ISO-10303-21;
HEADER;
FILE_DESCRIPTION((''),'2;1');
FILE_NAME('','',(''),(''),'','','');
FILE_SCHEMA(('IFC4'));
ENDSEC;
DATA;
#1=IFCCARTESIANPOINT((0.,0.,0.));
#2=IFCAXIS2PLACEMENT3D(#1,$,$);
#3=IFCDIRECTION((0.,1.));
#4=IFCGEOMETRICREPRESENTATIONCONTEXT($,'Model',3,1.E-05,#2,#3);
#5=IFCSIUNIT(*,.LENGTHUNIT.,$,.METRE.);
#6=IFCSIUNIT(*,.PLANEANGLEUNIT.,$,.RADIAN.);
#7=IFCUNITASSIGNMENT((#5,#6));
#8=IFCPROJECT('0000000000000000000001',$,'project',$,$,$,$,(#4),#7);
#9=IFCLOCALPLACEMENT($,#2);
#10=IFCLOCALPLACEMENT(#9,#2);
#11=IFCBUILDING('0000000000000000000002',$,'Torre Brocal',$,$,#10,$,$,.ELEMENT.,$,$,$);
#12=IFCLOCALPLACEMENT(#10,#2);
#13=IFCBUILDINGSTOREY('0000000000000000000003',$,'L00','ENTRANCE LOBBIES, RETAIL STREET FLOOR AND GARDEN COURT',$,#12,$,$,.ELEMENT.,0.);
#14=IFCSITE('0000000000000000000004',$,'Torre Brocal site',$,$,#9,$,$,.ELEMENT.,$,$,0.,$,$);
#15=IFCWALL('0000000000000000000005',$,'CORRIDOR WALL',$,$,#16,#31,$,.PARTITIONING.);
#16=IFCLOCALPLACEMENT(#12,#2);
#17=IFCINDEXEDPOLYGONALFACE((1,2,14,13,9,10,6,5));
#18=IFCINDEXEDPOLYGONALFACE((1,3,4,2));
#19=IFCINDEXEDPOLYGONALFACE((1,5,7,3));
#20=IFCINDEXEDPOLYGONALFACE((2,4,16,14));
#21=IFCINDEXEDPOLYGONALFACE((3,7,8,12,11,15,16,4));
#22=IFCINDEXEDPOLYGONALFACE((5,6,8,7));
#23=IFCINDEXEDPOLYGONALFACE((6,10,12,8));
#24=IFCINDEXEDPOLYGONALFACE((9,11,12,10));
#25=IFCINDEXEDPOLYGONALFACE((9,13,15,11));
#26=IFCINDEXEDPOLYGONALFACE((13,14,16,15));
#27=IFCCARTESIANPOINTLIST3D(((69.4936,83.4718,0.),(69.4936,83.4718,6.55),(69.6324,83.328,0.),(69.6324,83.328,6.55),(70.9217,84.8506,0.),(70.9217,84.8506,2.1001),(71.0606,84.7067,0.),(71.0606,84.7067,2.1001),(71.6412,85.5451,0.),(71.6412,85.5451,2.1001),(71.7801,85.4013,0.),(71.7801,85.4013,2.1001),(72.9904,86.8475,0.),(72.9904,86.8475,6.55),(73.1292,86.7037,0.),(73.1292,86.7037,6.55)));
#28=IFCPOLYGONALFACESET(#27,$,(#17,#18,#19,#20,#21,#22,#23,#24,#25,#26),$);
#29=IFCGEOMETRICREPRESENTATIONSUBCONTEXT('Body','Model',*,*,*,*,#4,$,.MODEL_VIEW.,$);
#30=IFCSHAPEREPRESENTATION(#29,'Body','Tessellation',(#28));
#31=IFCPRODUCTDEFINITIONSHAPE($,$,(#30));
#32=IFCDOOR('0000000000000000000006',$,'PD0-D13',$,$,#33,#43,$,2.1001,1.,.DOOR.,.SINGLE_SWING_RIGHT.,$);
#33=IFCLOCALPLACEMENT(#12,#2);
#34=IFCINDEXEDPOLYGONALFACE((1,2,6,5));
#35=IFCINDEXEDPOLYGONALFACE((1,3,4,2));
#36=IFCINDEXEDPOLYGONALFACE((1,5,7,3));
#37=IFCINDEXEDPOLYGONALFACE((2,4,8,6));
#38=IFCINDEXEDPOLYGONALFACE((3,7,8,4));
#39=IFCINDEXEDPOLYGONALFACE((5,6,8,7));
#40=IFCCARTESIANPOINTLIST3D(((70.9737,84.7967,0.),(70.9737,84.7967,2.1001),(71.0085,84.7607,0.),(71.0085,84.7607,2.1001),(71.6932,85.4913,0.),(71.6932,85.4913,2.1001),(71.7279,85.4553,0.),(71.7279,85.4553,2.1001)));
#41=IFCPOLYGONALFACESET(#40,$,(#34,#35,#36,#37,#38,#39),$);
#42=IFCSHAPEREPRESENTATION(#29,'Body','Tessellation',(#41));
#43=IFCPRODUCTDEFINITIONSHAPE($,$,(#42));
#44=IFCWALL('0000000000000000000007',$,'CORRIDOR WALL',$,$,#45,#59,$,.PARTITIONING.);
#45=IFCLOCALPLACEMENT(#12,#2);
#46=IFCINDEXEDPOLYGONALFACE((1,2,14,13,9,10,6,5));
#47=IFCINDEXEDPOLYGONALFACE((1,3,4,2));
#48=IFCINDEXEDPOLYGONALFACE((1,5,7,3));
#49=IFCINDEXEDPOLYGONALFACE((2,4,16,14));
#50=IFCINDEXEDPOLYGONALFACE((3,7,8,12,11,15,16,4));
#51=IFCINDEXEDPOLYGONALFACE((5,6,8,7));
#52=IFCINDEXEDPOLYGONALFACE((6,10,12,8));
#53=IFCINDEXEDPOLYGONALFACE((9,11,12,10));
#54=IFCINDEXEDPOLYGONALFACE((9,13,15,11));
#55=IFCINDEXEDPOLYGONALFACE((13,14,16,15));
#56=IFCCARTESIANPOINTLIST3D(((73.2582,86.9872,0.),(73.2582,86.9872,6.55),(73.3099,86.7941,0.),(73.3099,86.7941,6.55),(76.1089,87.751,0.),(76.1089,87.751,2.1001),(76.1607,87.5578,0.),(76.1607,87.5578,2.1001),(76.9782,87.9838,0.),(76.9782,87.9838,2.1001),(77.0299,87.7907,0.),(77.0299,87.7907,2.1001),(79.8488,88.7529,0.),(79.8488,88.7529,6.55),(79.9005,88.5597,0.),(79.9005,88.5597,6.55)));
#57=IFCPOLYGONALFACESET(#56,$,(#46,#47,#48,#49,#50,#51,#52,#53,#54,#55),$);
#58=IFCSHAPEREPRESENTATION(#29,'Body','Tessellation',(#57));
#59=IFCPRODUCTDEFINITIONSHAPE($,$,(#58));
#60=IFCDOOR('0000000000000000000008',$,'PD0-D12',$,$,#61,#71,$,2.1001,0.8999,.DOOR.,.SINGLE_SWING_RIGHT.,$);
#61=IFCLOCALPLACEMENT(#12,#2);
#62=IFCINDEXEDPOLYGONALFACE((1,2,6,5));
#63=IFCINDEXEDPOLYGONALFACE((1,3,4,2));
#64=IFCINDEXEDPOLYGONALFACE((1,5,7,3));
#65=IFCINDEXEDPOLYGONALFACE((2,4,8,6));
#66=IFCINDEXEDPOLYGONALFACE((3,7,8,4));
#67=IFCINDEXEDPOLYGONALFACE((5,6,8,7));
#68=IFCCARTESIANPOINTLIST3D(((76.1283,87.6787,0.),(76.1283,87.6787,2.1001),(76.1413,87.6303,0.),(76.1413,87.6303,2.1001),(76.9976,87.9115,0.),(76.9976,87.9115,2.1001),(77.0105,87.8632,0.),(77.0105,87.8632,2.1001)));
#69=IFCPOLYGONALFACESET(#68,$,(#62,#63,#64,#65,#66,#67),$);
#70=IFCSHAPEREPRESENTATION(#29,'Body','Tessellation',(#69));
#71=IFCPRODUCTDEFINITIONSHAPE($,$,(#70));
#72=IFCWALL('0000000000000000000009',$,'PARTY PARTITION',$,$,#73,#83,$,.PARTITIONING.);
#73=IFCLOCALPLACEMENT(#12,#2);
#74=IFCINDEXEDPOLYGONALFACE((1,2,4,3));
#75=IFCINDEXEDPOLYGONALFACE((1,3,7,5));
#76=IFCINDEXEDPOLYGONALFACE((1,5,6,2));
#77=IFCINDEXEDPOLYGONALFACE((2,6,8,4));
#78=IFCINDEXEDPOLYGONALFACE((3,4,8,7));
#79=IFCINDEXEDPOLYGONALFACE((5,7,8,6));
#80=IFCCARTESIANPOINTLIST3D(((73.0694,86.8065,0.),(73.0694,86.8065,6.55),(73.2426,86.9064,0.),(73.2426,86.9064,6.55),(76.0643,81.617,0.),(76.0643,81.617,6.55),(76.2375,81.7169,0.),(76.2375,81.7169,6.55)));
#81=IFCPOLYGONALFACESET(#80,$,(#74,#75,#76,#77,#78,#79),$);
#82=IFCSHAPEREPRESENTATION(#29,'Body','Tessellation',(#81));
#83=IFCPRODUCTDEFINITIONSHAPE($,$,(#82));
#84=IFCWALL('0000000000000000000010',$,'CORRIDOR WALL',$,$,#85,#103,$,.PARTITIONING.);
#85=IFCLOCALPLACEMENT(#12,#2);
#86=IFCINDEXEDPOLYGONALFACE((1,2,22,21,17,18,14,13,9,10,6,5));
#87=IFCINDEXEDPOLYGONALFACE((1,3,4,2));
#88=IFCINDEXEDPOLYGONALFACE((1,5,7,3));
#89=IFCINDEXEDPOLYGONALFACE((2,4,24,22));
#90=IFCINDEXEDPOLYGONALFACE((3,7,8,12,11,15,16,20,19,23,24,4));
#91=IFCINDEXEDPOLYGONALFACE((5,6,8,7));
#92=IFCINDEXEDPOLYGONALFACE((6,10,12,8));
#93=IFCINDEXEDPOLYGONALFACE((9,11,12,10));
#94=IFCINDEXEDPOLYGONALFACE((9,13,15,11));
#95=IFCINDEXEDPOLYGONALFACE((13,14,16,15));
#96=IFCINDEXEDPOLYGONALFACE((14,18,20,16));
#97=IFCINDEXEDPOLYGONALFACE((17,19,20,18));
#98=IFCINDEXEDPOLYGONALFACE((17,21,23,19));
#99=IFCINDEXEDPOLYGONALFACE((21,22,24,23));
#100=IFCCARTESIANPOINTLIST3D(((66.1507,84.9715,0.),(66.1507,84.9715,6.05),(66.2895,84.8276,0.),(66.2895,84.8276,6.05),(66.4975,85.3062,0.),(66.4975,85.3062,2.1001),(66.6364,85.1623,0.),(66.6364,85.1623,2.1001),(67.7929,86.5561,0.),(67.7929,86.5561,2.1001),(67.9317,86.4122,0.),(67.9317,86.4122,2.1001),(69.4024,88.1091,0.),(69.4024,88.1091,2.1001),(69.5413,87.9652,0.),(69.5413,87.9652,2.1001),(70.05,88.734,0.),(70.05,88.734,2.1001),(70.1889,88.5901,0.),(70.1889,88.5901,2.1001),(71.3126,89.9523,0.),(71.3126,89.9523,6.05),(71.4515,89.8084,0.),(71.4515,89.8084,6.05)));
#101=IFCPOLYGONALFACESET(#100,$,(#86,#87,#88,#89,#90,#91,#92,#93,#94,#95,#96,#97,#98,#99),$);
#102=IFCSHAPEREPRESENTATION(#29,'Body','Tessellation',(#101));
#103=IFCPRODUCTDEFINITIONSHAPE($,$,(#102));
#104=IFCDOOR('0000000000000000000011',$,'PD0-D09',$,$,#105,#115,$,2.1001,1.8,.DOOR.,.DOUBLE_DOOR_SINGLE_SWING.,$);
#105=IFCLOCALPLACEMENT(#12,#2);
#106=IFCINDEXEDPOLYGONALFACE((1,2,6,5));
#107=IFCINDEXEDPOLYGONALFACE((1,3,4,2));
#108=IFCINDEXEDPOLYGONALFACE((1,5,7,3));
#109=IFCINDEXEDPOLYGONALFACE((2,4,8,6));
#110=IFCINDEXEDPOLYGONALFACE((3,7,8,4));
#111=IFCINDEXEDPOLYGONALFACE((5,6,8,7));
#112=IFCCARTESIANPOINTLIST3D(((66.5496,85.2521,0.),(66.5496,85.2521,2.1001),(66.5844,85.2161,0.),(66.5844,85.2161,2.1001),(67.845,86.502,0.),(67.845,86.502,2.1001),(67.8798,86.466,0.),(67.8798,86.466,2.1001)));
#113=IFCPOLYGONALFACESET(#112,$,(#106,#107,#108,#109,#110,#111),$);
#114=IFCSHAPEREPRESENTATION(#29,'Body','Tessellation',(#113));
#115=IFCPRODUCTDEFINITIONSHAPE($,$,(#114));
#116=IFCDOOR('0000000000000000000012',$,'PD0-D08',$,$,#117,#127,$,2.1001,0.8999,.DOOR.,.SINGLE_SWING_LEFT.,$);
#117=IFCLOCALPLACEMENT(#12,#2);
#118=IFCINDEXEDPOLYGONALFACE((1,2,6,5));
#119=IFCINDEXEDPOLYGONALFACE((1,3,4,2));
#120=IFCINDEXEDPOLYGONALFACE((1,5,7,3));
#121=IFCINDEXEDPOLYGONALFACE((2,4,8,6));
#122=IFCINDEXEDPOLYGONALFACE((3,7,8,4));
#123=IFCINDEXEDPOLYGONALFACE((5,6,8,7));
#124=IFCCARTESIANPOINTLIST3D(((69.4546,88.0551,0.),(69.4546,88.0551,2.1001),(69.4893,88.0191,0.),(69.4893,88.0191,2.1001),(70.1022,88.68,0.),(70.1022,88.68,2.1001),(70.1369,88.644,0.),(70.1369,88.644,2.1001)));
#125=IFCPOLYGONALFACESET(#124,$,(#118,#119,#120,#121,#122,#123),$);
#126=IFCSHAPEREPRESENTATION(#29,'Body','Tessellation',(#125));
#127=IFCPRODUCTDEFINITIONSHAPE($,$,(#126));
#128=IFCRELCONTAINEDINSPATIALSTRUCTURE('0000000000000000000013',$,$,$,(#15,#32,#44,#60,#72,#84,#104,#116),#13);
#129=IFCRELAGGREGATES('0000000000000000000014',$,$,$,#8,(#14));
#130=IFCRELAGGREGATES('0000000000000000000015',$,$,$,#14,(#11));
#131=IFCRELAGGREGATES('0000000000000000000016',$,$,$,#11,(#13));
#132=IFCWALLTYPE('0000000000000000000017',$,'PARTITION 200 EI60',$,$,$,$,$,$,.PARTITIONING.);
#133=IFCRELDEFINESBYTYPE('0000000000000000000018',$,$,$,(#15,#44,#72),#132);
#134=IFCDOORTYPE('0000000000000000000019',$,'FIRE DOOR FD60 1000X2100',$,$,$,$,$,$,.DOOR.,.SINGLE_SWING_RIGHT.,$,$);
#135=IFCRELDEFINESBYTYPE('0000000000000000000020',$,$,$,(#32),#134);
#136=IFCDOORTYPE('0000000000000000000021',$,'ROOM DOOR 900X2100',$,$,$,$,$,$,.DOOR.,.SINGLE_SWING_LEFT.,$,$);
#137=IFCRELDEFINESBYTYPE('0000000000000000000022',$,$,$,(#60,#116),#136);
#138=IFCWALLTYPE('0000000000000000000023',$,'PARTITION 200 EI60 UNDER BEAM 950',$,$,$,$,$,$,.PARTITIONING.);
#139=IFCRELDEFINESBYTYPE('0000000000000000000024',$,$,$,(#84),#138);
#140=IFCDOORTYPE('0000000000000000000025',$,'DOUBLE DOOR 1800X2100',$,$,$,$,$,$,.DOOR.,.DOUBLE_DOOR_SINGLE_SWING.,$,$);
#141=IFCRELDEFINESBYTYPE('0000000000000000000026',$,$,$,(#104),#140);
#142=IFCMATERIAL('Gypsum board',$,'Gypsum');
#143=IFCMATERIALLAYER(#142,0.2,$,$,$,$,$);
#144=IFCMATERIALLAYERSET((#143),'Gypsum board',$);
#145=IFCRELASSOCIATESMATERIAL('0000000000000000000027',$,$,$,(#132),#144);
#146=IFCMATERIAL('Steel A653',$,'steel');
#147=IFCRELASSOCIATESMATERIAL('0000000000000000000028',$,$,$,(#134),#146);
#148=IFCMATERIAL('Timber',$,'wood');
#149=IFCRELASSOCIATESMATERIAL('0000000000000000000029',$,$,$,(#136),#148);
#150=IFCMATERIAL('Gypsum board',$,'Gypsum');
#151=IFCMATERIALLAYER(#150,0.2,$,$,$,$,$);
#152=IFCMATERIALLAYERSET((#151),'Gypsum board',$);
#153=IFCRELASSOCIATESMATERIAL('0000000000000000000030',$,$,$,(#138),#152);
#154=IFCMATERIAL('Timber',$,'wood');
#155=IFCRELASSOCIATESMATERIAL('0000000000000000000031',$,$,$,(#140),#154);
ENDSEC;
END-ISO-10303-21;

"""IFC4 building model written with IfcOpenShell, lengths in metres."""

from ifc_helpers import new_model, si_unit, direction, frame, frame_2d, origin, place, context, subcontext, project, spatial, rectangle, extrude, material, layer, layer_set, type_object, element, fill, save


model = new_model("IFC4")

# Units and contexts
model_context = context("Model", 3, precision=1e-05, world=origin(), true_north=direction((0.0, 1.0)))
body_context = subcontext(model_context, "Body", "Model", "MODEL_VIEW")
ifc_project = project(units=[si_unit("LENGTHUNIT", "METRE"), si_unit("PLANEANGLEUNIT", "RADIAN")], contexts=[model_context])

# Site, building, storey
site_placement = place(None, origin())
site = spatial("IfcSite", under=ifc_project, at=site_placement, Name="Torre Brocal site", CompositionType="ELEMENT", RefElevation=0.0)
building_placement = place(site_placement, origin())
building = spatial("IfcBuilding", under=site, at=building_placement, Name="Torre Brocal", CompositionType="ELEMENT")
storey_placement = place(building_placement, origin())
storey = spatial("IfcBuildingStorey", under=building, at=storey_placement, Name="L00", Description="ENTRANCE LOBBIES, RETAIL STREET FLOOR AND GARDEN COURT", CompositionType="ELEMENT", Elevation=0.0)

# Shared definitions
ifc_material_1 = material(Name="Gypsum board", Category="Gypsum")
ifc_layer_1 = layer(ifc_material_1, 0.2)
ifc_layer_set_1 = layer_set([ifc_layer_1], Name="Gypsum board")
wall_type_1 = type_object("IfcWallType", Name="PARTITION 200 EI60", PredefinedType="PARTITIONING", material=ifc_layer_set_1)

# Walls, openings, doors
wall_1_placement = place(storey_placement, frame((69.563, 83.3999, 0.0), z_axis=(0.0, 0.0, 1.0), x_axis=(0.719454, 0.69454, 0.0)))
wall_1 = element("IfcWall", 1, at=wall_1_placement, inside=storey, type_object=wall_type_1, Name="CORRIDOR WALL", PredefinedType="PARTITIONING", context=body_context, shape_type="SweptSolid", body=[
    extrude(rectangle(XDim=4.8604, YDim=0.2, at=frame_2d((2.4302, 0.0))), origin(), (0.0, 0.0, 1.0), 6.55),
])
opening_1_placement = place(wall_1_placement, frame((1.9851, 0.0, 0.0)))
opening_1 = element("IfcOpeningElement", 2, at=opening_1_placement, cuts=wall_1, PredefinedType="OPENING", context=body_context, shape_type="SweptSolid", body=[
    extrude(rectangle(XDim=1.0, YDim=2.1001, at=frame_2d((0.5, 1.05))), frame((0.0, 0.1099, 0.0), z_axis=(0.0, -1.0, 0.0), x_axis=(1.0, 0.0, 0.0)), (0.0, 0.0, 1.0), 0.22),
])
ifc_material_2 = material(Name="Steel A653", Category="steel")
door_type_1 = type_object("IfcDoorType", Name="FIRE DOOR FD60 1000X2100", OperationType="SINGLE_SWING_RIGHT", PredefinedType="DOOR", material=ifc_material_2)
door_1_placement = place(opening_1_placement, frame((1.0, 0.0, 0.0), z_axis=(0.0, 0.0, 1.0), x_axis=(-1.0, 0.0, 0.0)))
door_1 = element("IfcDoor", 3, at=door_1_placement, inside=storey, type_object=door_type_1, Name="PD0-D13", OperationType="SINGLE_SWING_RIGHT", OverallHeight=2.1001, OverallWidth=1.0, PredefinedType="DOOR", context=body_context, shape_type="SweptSolid", body=[
    extrude(rectangle(XDim=1.0, YDim=2.1001, at=frame_2d((0.5, 1.05))), frame((0.0, 0.0249, 0.0), z_axis=(0.0, -1.0, 0.0), x_axis=(1.0, 0.0, 0.0)), (0.0, 0.0, 1.0), 0.05),
])
fill(opening_1, door_1)
wall_2_placement = place(storey_placement, frame((73.2839, 86.8906, 0.0), z_axis=(0.0, 0.0, 1.0), x_axis=(0.965937, 0.258776, 0.0)))
wall_2 = element("IfcWall", 4, at=wall_2_placement, inside=storey, type_object=wall_type_1, Name="CORRIDOR WALL", PredefinedType="PARTITIONING", context=body_context, shape_type="SweptSolid", body=[
    extrude(rectangle(XDim=6.823, YDim=0.2, at=frame_2d((3.4116, 0.0))), origin(), (0.0, 0.0, 1.0), 6.55),
])
opening_2_placement = place(wall_2_placement, frame((2.9514, 0.0, 0.0)))
opening_2 = element("IfcOpeningElement", 5, at=opening_2_placement, cuts=wall_2, PredefinedType="OPENING", context=body_context, shape_type="SweptSolid", body=[
    extrude(rectangle(XDim=0.8999, YDim=2.1001, at=frame_2d((0.45, 1.05))), frame((0.0, 0.1099, 0.0), z_axis=(0.0, -1.0, 0.0), x_axis=(1.0, 0.0, 0.0)), (0.0, 0.0, 1.0), 0.22),
])
ifc_material_3 = material(Name="Timber", Category="wood")
door_type_2 = type_object("IfcDoorType", Name="ROOM DOOR 900X2100", OperationType="SINGLE_SWING_LEFT", PredefinedType="DOOR", material=ifc_material_3)
door_2_placement = place(opening_2_placement, frame((0.8999, 0.0, 0.0), z_axis=(0.0, 0.0, 1.0), x_axis=(-1.0, 0.0, 0.0)))
door_2 = element("IfcDoor", 6, at=door_2_placement, inside=storey, type_object=door_type_2, Name="PD0-D12", OperationType="SINGLE_SWING_RIGHT", OverallHeight=2.1001, OverallWidth=0.8999, PredefinedType="DOOR", context=body_context, shape_type="SweptSolid", body=[
    extrude(rectangle(XDim=0.8999, YDim=2.1001, at=frame_2d((0.45, 1.05))), frame((0.0, 0.0249, 0.0), z_axis=(0.0, -1.0, 0.0), x_axis=(1.0, 0.0, 0.0)), (0.0, 0.0, 1.0), 0.05),
])
fill(opening_2, door_2)

# Wall
wall_3_placement = place(storey_placement, frame((73.156, 86.8564, 0.0), z_axis=(0.0, 0.0, 1.0), x_axis=(0.499842, -0.866116, 0.0)))
element("IfcWall", 7, at=wall_3_placement, inside=storey, type_object=wall_type_1, Name="PARTY PARTITION", PredefinedType="PARTITIONING", context=body_context, shape_type="SweptSolid", body=[
    extrude(rectangle(XDim=5.9917, YDim=0.2, at=frame_2d((2.9958, 0.0))), origin(), (0.0, 0.0, 1.0), 6.55),
])

# Wall, openings, doors
ifc_material_4 = material(Name="Gypsum board", Category="Gypsum")
ifc_layer_2 = layer(ifc_material_4, 0.2)
ifc_layer_set_2 = layer_set([ifc_layer_2], Name="Gypsum board")
wall_type_2 = type_object("IfcWallType", Name="PARTITION 200 EI60 UNDER BEAM 950", PredefinedType="PARTITIONING", material=ifc_layer_set_2)
wall_4_placement = place(storey_placement, frame((66.2202, 84.8997, 0.0), z_axis=(0.0, 0.0, 1.0), x_axis=(0.719621, 0.694367, 0.0)))
wall_4 = element("IfcWall", 8, at=wall_4_placement, inside=storey, type_object=wall_type_2, Name="CORRIDOR WALL", PredefinedType="PARTITIONING", context=body_context, shape_type="SweptSolid", body=[
    extrude(rectangle(XDim=7.1731, YDim=0.2, at=frame_2d((3.5864, 0.0))), origin(), (0.0, 0.0, 1.0), 6.05),
])
opening_3_placement = place(wall_4_placement, frame((4.5186, 0.0, 0.0)))
opening_3 = element("IfcOpeningElement", 9, at=opening_3_placement, cuts=wall_4, PredefinedType="OPENING", context=body_context, shape_type="SweptSolid", body=[
    extrude(rectangle(XDim=0.8999, YDim=2.1001, at=frame_2d((0.45, 1.05))), frame((0.0, 0.1099, 0.0), z_axis=(0.0, -1.0, 0.0), x_axis=(1.0, 0.0, 0.0)), (0.0, 0.0, 1.0), 0.22),
])
opening_4_placement = place(wall_4_placement, frame((0.4819, 0.0, 0.0)))
opening_4 = element("IfcOpeningElement", 10, at=opening_4_placement, cuts=wall_4, PredefinedType="OPENING", context=body_context, shape_type="SweptSolid", body=[
    extrude(rectangle(XDim=1.8, YDim=2.1001, at=frame_2d((0.8999, 1.05))), frame((0.0, 0.1099, 0.0), z_axis=(0.0, -1.0, 0.0), x_axis=(1.0, 0.0, 0.0)), (0.0, 0.0, 1.0), 0.22),
])
ifc_material_5 = material(Name="Timber", Category="wood")
door_type_3 = type_object("IfcDoorType", Name="DOUBLE DOOR 1800X2100", OperationType="DOUBLE_DOOR_SINGLE_SWING", PredefinedType="DOOR", material=ifc_material_5)
door_3_placement = place(opening_4_placement, origin())
door_3 = element("IfcDoor", 11, at=door_3_placement, inside=storey, type_object=door_type_3, Name="PD0-D09", OperationType="DOUBLE_DOOR_SINGLE_SWING", OverallHeight=2.1001, OverallWidth=1.8, PredefinedType="DOOR", context=body_context, shape_type="SweptSolid", body=[
    extrude(rectangle(XDim=1.8, YDim=2.1001, at=frame_2d((0.8999, 1.05))), frame((0.0, 0.0249, 0.0), z_axis=(0.0, -1.0, 0.0), x_axis=(1.0, 0.0, 0.0)), (0.0, 0.0, 1.0), 0.05),
])
fill(opening_4, door_3)
door_4_placement = place(opening_3_placement, origin())
door_4 = element("IfcDoor", 12, at=door_4_placement, inside=storey, type_object=door_type_2, Name="PD0-D08", OperationType="SINGLE_SWING_LEFT", OverallHeight=2.1001, OverallWidth=0.8999, PredefinedType="DOOR", context=body_context, shape_type="SweptSolid", body=[
    extrude(rectangle(XDim=0.8999, YDim=2.1001, at=frame_2d((0.45, 1.05))), frame((0.0, 0.0249, 0.0), z_axis=(0.0, -1.0, 0.0), x_axis=(1.0, 0.0, 0.0)), (0.0, 0.0, 1.0), 0.05),
])
fill(opening_3, door_4)

save(model, "model.ifc")
